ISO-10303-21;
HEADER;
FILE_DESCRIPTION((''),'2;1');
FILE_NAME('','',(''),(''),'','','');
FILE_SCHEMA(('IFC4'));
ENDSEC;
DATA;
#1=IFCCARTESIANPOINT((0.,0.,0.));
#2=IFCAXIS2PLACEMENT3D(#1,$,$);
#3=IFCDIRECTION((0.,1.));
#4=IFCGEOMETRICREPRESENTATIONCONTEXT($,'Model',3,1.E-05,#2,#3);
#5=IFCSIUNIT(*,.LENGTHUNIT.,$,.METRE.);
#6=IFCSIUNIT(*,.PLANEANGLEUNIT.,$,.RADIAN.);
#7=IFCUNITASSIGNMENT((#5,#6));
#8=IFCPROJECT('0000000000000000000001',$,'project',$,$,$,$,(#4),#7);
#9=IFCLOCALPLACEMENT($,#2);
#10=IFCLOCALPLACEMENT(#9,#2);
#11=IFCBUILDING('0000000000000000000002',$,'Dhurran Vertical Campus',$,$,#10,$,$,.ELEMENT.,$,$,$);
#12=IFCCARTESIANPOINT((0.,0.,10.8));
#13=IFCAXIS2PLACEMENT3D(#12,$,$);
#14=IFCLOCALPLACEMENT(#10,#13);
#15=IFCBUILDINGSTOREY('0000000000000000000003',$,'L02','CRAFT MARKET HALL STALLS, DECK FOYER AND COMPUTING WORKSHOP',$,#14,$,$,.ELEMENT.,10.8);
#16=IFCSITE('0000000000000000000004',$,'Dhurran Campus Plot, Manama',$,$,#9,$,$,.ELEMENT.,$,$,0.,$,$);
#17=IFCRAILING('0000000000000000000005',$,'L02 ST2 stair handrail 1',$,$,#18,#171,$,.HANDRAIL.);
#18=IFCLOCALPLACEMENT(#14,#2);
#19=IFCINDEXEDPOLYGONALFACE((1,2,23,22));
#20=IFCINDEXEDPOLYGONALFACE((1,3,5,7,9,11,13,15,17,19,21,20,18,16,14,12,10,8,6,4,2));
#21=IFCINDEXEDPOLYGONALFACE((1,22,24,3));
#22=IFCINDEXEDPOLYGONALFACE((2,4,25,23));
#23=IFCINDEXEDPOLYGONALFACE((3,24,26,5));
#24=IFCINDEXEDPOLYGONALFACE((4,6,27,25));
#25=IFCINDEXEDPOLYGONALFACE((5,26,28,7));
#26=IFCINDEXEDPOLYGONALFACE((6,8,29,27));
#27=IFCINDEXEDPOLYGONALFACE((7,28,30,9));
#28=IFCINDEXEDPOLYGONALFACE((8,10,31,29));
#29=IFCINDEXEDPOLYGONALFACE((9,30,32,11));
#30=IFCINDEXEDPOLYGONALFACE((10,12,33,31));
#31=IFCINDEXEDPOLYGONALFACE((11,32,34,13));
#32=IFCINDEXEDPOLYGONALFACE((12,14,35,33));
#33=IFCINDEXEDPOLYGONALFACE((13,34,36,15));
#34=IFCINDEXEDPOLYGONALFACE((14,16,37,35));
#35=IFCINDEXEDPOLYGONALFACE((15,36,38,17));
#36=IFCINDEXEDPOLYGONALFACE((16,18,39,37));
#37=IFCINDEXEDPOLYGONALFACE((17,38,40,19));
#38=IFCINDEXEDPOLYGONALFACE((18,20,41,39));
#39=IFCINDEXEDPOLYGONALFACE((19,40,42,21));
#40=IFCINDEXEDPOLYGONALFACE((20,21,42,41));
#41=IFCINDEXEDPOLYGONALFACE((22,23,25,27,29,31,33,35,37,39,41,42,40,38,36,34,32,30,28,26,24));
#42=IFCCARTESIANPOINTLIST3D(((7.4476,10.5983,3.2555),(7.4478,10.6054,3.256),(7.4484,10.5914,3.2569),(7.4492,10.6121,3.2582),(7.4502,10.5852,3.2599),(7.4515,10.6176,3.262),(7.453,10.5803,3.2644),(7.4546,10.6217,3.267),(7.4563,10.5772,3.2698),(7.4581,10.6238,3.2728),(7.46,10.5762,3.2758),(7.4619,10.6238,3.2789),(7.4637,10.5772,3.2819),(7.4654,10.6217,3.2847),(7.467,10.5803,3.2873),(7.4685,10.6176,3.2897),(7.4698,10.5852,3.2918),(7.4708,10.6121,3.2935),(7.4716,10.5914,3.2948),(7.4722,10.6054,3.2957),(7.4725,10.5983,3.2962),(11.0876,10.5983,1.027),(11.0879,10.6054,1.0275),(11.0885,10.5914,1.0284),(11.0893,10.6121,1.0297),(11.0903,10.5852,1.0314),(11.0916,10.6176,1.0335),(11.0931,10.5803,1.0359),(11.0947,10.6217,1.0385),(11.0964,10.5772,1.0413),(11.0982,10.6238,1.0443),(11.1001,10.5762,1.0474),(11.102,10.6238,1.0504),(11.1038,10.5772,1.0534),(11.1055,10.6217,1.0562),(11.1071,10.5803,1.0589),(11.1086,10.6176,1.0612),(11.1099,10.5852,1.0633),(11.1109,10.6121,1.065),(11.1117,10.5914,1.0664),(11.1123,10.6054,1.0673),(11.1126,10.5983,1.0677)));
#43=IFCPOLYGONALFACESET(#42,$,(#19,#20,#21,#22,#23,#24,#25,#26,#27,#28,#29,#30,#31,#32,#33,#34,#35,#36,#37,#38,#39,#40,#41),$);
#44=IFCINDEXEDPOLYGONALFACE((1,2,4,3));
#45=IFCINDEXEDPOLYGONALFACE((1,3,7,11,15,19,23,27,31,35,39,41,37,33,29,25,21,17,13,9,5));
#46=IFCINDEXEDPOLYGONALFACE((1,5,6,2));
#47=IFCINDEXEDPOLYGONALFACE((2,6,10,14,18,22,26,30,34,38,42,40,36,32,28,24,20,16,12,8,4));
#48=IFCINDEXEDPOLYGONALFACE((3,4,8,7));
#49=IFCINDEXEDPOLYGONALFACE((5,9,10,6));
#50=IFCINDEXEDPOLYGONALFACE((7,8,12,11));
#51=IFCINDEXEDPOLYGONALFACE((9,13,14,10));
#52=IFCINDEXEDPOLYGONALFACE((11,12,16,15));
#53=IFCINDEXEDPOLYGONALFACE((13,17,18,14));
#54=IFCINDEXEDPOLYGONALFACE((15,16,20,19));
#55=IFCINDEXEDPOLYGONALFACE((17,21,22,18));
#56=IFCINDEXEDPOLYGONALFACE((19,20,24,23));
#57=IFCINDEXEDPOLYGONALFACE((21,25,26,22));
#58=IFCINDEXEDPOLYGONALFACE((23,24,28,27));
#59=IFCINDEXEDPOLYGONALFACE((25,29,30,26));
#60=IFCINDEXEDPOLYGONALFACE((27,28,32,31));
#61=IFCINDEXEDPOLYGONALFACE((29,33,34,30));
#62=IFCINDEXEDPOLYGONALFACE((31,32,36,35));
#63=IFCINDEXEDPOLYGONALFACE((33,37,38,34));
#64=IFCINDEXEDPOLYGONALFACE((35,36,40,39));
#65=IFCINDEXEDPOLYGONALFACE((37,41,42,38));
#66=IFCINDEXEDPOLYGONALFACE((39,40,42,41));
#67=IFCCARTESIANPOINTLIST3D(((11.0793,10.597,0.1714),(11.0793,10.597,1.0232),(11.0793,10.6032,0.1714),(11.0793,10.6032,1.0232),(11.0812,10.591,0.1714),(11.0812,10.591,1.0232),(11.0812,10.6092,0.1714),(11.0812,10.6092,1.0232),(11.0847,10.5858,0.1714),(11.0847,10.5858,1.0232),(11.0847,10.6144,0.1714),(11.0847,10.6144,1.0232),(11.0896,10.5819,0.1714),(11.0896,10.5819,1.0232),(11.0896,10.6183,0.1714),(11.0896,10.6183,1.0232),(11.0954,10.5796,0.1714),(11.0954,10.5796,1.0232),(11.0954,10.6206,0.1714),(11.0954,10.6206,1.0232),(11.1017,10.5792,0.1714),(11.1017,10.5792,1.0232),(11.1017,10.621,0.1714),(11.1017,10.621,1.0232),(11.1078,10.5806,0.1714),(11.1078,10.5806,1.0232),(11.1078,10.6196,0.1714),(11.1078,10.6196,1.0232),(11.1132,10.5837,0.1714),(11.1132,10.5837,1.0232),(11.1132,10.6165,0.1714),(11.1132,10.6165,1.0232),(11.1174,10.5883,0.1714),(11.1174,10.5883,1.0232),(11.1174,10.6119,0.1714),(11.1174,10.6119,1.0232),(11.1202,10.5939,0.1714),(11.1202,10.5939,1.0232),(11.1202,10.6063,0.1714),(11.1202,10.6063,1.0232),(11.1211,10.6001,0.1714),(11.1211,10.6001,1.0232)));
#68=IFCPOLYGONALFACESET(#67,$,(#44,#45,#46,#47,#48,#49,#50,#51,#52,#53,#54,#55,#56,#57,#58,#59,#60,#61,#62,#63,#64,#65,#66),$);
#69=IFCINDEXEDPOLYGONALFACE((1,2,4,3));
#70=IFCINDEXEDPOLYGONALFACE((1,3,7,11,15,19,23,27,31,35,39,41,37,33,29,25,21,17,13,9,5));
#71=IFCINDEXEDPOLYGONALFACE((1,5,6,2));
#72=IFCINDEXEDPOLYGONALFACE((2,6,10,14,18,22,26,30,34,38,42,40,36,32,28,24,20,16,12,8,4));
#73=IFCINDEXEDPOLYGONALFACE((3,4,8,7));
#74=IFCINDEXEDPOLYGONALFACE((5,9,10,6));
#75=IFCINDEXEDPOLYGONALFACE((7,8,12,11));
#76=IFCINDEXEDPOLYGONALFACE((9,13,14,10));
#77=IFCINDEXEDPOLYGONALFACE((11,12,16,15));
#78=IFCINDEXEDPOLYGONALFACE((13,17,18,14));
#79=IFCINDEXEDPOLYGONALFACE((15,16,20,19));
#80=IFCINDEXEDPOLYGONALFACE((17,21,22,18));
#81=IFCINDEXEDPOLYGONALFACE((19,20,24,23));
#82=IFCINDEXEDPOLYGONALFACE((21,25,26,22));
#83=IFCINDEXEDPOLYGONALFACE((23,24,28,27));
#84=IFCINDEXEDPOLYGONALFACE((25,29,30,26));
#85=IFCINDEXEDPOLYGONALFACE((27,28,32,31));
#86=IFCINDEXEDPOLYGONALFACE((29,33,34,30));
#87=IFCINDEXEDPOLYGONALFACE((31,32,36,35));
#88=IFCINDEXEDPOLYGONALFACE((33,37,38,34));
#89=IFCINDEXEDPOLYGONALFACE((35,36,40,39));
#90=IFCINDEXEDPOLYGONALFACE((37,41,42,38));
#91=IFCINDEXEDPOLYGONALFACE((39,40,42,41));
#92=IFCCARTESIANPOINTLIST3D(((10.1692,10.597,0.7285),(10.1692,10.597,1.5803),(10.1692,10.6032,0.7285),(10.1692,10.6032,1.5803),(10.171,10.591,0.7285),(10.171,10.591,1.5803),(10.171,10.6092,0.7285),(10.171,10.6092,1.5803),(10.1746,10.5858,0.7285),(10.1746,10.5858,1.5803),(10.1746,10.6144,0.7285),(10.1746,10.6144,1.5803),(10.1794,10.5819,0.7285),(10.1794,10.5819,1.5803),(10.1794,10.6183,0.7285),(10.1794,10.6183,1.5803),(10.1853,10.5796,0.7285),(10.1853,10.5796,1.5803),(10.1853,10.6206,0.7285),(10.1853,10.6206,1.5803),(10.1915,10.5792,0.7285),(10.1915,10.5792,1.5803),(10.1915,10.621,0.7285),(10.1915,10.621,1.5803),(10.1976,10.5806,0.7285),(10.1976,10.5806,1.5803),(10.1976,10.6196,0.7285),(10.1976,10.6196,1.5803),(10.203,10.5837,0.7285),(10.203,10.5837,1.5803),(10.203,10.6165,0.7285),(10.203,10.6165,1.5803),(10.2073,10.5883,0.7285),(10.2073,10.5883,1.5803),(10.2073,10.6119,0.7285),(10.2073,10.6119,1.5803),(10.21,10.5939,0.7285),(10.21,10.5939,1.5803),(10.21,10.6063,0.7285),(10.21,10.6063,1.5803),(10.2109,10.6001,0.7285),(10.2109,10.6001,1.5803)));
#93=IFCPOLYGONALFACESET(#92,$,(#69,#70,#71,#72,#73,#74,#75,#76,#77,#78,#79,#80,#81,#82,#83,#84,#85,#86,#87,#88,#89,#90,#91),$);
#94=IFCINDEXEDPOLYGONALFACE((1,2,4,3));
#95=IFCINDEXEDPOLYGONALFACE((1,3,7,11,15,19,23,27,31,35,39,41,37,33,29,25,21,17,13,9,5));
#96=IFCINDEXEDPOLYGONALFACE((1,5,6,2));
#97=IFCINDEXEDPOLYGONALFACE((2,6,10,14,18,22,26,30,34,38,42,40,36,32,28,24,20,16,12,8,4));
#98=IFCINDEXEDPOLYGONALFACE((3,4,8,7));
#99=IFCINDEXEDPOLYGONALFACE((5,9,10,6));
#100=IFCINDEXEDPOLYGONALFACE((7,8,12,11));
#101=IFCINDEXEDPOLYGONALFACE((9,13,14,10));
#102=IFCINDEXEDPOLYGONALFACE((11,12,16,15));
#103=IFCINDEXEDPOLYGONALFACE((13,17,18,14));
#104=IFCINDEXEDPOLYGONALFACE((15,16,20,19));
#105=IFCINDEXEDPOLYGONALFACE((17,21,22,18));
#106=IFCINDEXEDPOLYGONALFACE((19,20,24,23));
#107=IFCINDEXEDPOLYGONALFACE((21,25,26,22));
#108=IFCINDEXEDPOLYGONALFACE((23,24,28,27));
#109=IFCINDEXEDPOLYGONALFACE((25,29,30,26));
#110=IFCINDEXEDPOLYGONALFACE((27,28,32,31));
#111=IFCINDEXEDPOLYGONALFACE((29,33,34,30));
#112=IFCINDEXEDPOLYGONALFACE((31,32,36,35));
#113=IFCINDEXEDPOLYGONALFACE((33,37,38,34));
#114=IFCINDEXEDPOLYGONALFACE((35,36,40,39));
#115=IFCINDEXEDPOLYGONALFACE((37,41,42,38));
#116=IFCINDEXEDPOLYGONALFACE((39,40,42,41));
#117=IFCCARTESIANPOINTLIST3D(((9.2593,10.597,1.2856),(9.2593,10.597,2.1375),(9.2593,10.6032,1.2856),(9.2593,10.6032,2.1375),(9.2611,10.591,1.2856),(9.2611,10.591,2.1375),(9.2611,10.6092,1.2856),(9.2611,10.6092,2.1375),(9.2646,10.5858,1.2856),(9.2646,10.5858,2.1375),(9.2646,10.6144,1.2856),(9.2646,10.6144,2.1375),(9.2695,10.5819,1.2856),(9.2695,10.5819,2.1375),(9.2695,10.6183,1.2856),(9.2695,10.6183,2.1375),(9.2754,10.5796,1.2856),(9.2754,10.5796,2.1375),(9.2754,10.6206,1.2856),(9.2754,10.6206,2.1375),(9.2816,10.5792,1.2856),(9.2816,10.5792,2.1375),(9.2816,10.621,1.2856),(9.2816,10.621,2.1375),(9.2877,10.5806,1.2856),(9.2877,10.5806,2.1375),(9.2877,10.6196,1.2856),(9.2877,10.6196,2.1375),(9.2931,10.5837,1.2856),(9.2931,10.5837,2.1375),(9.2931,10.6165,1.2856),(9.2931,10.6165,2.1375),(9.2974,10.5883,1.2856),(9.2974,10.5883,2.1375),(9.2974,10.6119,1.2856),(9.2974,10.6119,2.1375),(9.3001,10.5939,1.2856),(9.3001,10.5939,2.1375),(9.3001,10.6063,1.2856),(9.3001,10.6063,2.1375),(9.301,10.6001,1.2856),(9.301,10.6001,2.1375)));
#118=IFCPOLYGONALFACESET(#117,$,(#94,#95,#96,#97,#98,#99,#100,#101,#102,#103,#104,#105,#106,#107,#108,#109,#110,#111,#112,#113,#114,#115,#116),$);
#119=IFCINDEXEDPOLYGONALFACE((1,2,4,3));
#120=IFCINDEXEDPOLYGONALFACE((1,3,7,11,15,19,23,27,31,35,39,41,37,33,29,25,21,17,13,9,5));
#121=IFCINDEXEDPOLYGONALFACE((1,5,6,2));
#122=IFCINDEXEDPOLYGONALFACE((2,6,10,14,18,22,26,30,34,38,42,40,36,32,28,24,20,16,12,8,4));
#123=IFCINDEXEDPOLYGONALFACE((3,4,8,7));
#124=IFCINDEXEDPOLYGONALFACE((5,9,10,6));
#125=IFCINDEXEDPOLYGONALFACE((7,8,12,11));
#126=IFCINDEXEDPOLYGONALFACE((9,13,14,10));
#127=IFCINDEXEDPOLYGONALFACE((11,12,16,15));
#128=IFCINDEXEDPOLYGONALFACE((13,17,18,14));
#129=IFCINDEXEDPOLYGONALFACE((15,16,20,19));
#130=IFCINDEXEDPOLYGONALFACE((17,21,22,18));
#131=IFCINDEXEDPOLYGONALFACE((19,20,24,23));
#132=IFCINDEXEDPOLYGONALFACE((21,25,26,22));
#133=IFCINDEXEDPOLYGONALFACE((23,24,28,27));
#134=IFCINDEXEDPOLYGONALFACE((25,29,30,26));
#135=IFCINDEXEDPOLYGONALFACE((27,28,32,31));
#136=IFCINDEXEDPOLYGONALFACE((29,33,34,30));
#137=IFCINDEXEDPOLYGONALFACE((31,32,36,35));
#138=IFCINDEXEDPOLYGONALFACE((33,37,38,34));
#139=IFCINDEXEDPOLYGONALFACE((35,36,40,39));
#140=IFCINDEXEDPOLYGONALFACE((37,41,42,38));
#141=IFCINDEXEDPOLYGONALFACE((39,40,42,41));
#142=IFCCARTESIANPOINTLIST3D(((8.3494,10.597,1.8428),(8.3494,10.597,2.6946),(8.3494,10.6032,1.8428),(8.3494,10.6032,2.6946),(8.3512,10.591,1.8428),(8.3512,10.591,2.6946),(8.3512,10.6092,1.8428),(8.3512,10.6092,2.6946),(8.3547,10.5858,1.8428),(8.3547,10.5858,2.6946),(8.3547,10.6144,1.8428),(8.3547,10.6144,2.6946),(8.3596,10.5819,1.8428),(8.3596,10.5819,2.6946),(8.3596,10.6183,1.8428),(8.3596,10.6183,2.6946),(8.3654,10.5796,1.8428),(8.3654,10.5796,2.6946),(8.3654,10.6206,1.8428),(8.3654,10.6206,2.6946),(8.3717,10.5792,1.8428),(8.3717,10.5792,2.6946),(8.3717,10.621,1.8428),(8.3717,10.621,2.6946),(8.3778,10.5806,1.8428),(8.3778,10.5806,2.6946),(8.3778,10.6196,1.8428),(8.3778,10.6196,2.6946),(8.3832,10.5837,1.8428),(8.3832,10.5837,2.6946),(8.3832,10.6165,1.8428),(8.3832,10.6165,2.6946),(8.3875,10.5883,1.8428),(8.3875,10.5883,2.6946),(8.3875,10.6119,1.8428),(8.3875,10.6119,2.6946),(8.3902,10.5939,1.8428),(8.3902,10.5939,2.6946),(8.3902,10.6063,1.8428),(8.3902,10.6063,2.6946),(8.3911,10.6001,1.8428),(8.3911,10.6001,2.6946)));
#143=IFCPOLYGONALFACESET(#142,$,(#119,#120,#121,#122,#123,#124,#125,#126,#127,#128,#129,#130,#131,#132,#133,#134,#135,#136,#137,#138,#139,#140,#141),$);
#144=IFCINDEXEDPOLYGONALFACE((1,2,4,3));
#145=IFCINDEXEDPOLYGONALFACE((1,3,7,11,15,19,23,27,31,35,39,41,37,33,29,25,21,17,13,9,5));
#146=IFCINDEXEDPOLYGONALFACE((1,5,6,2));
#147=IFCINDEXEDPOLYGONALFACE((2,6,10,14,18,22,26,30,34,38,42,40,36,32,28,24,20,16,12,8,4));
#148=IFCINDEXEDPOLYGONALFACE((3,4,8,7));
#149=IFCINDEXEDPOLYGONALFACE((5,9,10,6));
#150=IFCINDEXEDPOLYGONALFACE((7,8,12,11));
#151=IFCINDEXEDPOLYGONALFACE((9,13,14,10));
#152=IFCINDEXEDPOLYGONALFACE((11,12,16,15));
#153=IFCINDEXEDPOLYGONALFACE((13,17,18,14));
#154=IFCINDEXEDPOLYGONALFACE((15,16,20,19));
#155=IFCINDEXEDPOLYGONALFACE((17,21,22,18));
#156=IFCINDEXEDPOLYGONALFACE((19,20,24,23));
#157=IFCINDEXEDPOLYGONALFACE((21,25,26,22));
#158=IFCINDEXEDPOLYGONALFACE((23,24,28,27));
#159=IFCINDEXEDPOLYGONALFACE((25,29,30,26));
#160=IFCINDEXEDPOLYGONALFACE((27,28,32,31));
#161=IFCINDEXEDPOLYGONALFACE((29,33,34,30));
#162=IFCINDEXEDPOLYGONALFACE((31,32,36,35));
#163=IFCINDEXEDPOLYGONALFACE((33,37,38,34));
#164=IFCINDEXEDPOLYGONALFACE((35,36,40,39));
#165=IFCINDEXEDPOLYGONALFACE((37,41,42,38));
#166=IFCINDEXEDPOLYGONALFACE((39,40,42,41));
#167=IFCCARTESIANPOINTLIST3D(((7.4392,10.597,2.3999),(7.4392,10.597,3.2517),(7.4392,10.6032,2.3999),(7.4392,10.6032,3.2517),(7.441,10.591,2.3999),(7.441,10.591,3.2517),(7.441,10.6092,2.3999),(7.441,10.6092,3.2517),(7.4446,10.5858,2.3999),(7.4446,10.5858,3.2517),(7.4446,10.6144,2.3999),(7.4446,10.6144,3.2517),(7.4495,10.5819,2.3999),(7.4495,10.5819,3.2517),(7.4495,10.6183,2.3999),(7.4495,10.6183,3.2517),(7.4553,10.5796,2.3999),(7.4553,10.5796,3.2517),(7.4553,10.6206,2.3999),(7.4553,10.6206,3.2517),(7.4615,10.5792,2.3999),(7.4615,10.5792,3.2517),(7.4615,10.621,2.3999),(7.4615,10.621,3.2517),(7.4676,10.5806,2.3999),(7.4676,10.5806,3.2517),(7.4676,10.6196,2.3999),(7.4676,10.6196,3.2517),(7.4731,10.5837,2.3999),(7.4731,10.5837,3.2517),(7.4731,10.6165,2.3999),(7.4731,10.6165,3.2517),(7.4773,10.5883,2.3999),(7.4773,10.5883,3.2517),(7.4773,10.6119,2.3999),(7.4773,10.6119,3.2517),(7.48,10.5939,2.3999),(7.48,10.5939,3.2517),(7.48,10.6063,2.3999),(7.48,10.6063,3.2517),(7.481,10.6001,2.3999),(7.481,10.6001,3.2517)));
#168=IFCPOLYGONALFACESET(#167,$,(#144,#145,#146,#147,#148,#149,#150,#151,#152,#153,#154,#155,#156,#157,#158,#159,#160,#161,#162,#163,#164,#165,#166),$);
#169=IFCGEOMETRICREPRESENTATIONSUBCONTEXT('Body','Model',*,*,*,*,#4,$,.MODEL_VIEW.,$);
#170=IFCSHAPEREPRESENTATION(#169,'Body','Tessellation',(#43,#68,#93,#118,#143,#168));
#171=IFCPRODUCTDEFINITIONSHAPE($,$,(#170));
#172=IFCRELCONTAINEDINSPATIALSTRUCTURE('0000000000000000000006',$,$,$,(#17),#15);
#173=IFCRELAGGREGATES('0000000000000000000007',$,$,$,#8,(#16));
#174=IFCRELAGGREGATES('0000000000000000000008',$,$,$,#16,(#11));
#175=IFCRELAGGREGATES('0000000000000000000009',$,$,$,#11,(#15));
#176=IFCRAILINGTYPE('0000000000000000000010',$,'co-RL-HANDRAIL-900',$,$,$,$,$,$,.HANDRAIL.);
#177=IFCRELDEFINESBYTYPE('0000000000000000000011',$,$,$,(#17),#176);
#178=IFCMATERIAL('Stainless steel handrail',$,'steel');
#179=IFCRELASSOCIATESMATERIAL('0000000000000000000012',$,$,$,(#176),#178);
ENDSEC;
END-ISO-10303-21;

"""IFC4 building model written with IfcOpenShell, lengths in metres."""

from ifc_helpers import new_model, si_unit, direction, frame, origin, origin_2d, place, context, subcontext, project, spatial, circle, extrude, material, type_object, element, save


model = new_model("IFC4")

# Units and contexts
model_context = context("Model", 3, precision=1e-05, world=origin(), true_north=direction((0.0, 1.0)))
body_context = subcontext(model_context, "Body", "Model", "MODEL_VIEW")
ifc_project = project(units=[si_unit("LENGTHUNIT", "METRE"), si_unit("PLANEANGLEUNIT", "RADIAN")], contexts=[model_context])

# Site, building, storey
site_placement = place(None, origin())
site = spatial("IfcSite", under=ifc_project, at=site_placement, Name="Dhurran Campus Plot, Manama", CompositionType="ELEMENT", RefElevation=0.0)
building_placement = place(site_placement, origin())
building = spatial("IfcBuilding", under=site, at=building_placement, Name="Dhurran Vertical Campus", CompositionType="ELEMENT")
storey_placement = place(building_placement, frame((0.0, 0.0, 10.8)))
storey = spatial("IfcBuildingStorey", under=building, at=storey_placement, Name="L02", Description="CRAFT MARKET HALL STALLS, DECK FOYER AND COMPUTING WORKSHOP", CompositionType="ELEMENT", Elevation=10.8)

# Railing
ifc_material_1 = material(Name="Stainless steel handrail", Category="steel")
railing_type_1 = type_object("IfcRailingType", Name="co-RL-HANDRAIL-900", PredefinedType="HANDRAIL", material=ifc_material_1)
railing_1_placement = place(storey_placement, frame((11.1001, 10.6001, 0.1714)))
element("IfcRailing", 1, at=railing_1_placement, inside=storey, type_object=railing_type_1, Name="L02 ST2 stair handrail 1", PredefinedType="HANDRAIL", context=body_context, shape_type="SweptSolid", body=[
    extrude(circle(Radius=0.0239, at=origin_2d()), frame((0.0, 0.0, 0.876), z_axis=(-0.852866, 0.0, 0.52213), x_axis=(0.0, -1.0, 0.0)), (0.0, 0.0, 1.0), 4.2681),
    extrude(circle(Radius=0.021, at=origin_2d()), origin(), (0.0, 0.0, 1.0), 0.8518),
    extrude(circle(Radius=0.021, at=origin_2d()), frame((-0.9102, 0.0, 0.5571)), (0.0, 0.0, 1.0), 0.8518),
    extrude(circle(Radius=0.021, at=origin_2d()), frame((-1.8201, 0.0, 1.1143)), (0.0, 0.0, 1.0), 0.8518),
    extrude(circle(Radius=0.021, at=origin_2d()), frame((-2.73, 0.0, 1.6714)), (0.0, 0.0, 1.0), 0.8518),
    extrude(circle(Radius=0.021, at=origin_2d()), frame((-3.6401, 0.0, 2.2285)), (0.0, 0.0, 1.0), 0.8518),
])

save(model, "model.ifc")
